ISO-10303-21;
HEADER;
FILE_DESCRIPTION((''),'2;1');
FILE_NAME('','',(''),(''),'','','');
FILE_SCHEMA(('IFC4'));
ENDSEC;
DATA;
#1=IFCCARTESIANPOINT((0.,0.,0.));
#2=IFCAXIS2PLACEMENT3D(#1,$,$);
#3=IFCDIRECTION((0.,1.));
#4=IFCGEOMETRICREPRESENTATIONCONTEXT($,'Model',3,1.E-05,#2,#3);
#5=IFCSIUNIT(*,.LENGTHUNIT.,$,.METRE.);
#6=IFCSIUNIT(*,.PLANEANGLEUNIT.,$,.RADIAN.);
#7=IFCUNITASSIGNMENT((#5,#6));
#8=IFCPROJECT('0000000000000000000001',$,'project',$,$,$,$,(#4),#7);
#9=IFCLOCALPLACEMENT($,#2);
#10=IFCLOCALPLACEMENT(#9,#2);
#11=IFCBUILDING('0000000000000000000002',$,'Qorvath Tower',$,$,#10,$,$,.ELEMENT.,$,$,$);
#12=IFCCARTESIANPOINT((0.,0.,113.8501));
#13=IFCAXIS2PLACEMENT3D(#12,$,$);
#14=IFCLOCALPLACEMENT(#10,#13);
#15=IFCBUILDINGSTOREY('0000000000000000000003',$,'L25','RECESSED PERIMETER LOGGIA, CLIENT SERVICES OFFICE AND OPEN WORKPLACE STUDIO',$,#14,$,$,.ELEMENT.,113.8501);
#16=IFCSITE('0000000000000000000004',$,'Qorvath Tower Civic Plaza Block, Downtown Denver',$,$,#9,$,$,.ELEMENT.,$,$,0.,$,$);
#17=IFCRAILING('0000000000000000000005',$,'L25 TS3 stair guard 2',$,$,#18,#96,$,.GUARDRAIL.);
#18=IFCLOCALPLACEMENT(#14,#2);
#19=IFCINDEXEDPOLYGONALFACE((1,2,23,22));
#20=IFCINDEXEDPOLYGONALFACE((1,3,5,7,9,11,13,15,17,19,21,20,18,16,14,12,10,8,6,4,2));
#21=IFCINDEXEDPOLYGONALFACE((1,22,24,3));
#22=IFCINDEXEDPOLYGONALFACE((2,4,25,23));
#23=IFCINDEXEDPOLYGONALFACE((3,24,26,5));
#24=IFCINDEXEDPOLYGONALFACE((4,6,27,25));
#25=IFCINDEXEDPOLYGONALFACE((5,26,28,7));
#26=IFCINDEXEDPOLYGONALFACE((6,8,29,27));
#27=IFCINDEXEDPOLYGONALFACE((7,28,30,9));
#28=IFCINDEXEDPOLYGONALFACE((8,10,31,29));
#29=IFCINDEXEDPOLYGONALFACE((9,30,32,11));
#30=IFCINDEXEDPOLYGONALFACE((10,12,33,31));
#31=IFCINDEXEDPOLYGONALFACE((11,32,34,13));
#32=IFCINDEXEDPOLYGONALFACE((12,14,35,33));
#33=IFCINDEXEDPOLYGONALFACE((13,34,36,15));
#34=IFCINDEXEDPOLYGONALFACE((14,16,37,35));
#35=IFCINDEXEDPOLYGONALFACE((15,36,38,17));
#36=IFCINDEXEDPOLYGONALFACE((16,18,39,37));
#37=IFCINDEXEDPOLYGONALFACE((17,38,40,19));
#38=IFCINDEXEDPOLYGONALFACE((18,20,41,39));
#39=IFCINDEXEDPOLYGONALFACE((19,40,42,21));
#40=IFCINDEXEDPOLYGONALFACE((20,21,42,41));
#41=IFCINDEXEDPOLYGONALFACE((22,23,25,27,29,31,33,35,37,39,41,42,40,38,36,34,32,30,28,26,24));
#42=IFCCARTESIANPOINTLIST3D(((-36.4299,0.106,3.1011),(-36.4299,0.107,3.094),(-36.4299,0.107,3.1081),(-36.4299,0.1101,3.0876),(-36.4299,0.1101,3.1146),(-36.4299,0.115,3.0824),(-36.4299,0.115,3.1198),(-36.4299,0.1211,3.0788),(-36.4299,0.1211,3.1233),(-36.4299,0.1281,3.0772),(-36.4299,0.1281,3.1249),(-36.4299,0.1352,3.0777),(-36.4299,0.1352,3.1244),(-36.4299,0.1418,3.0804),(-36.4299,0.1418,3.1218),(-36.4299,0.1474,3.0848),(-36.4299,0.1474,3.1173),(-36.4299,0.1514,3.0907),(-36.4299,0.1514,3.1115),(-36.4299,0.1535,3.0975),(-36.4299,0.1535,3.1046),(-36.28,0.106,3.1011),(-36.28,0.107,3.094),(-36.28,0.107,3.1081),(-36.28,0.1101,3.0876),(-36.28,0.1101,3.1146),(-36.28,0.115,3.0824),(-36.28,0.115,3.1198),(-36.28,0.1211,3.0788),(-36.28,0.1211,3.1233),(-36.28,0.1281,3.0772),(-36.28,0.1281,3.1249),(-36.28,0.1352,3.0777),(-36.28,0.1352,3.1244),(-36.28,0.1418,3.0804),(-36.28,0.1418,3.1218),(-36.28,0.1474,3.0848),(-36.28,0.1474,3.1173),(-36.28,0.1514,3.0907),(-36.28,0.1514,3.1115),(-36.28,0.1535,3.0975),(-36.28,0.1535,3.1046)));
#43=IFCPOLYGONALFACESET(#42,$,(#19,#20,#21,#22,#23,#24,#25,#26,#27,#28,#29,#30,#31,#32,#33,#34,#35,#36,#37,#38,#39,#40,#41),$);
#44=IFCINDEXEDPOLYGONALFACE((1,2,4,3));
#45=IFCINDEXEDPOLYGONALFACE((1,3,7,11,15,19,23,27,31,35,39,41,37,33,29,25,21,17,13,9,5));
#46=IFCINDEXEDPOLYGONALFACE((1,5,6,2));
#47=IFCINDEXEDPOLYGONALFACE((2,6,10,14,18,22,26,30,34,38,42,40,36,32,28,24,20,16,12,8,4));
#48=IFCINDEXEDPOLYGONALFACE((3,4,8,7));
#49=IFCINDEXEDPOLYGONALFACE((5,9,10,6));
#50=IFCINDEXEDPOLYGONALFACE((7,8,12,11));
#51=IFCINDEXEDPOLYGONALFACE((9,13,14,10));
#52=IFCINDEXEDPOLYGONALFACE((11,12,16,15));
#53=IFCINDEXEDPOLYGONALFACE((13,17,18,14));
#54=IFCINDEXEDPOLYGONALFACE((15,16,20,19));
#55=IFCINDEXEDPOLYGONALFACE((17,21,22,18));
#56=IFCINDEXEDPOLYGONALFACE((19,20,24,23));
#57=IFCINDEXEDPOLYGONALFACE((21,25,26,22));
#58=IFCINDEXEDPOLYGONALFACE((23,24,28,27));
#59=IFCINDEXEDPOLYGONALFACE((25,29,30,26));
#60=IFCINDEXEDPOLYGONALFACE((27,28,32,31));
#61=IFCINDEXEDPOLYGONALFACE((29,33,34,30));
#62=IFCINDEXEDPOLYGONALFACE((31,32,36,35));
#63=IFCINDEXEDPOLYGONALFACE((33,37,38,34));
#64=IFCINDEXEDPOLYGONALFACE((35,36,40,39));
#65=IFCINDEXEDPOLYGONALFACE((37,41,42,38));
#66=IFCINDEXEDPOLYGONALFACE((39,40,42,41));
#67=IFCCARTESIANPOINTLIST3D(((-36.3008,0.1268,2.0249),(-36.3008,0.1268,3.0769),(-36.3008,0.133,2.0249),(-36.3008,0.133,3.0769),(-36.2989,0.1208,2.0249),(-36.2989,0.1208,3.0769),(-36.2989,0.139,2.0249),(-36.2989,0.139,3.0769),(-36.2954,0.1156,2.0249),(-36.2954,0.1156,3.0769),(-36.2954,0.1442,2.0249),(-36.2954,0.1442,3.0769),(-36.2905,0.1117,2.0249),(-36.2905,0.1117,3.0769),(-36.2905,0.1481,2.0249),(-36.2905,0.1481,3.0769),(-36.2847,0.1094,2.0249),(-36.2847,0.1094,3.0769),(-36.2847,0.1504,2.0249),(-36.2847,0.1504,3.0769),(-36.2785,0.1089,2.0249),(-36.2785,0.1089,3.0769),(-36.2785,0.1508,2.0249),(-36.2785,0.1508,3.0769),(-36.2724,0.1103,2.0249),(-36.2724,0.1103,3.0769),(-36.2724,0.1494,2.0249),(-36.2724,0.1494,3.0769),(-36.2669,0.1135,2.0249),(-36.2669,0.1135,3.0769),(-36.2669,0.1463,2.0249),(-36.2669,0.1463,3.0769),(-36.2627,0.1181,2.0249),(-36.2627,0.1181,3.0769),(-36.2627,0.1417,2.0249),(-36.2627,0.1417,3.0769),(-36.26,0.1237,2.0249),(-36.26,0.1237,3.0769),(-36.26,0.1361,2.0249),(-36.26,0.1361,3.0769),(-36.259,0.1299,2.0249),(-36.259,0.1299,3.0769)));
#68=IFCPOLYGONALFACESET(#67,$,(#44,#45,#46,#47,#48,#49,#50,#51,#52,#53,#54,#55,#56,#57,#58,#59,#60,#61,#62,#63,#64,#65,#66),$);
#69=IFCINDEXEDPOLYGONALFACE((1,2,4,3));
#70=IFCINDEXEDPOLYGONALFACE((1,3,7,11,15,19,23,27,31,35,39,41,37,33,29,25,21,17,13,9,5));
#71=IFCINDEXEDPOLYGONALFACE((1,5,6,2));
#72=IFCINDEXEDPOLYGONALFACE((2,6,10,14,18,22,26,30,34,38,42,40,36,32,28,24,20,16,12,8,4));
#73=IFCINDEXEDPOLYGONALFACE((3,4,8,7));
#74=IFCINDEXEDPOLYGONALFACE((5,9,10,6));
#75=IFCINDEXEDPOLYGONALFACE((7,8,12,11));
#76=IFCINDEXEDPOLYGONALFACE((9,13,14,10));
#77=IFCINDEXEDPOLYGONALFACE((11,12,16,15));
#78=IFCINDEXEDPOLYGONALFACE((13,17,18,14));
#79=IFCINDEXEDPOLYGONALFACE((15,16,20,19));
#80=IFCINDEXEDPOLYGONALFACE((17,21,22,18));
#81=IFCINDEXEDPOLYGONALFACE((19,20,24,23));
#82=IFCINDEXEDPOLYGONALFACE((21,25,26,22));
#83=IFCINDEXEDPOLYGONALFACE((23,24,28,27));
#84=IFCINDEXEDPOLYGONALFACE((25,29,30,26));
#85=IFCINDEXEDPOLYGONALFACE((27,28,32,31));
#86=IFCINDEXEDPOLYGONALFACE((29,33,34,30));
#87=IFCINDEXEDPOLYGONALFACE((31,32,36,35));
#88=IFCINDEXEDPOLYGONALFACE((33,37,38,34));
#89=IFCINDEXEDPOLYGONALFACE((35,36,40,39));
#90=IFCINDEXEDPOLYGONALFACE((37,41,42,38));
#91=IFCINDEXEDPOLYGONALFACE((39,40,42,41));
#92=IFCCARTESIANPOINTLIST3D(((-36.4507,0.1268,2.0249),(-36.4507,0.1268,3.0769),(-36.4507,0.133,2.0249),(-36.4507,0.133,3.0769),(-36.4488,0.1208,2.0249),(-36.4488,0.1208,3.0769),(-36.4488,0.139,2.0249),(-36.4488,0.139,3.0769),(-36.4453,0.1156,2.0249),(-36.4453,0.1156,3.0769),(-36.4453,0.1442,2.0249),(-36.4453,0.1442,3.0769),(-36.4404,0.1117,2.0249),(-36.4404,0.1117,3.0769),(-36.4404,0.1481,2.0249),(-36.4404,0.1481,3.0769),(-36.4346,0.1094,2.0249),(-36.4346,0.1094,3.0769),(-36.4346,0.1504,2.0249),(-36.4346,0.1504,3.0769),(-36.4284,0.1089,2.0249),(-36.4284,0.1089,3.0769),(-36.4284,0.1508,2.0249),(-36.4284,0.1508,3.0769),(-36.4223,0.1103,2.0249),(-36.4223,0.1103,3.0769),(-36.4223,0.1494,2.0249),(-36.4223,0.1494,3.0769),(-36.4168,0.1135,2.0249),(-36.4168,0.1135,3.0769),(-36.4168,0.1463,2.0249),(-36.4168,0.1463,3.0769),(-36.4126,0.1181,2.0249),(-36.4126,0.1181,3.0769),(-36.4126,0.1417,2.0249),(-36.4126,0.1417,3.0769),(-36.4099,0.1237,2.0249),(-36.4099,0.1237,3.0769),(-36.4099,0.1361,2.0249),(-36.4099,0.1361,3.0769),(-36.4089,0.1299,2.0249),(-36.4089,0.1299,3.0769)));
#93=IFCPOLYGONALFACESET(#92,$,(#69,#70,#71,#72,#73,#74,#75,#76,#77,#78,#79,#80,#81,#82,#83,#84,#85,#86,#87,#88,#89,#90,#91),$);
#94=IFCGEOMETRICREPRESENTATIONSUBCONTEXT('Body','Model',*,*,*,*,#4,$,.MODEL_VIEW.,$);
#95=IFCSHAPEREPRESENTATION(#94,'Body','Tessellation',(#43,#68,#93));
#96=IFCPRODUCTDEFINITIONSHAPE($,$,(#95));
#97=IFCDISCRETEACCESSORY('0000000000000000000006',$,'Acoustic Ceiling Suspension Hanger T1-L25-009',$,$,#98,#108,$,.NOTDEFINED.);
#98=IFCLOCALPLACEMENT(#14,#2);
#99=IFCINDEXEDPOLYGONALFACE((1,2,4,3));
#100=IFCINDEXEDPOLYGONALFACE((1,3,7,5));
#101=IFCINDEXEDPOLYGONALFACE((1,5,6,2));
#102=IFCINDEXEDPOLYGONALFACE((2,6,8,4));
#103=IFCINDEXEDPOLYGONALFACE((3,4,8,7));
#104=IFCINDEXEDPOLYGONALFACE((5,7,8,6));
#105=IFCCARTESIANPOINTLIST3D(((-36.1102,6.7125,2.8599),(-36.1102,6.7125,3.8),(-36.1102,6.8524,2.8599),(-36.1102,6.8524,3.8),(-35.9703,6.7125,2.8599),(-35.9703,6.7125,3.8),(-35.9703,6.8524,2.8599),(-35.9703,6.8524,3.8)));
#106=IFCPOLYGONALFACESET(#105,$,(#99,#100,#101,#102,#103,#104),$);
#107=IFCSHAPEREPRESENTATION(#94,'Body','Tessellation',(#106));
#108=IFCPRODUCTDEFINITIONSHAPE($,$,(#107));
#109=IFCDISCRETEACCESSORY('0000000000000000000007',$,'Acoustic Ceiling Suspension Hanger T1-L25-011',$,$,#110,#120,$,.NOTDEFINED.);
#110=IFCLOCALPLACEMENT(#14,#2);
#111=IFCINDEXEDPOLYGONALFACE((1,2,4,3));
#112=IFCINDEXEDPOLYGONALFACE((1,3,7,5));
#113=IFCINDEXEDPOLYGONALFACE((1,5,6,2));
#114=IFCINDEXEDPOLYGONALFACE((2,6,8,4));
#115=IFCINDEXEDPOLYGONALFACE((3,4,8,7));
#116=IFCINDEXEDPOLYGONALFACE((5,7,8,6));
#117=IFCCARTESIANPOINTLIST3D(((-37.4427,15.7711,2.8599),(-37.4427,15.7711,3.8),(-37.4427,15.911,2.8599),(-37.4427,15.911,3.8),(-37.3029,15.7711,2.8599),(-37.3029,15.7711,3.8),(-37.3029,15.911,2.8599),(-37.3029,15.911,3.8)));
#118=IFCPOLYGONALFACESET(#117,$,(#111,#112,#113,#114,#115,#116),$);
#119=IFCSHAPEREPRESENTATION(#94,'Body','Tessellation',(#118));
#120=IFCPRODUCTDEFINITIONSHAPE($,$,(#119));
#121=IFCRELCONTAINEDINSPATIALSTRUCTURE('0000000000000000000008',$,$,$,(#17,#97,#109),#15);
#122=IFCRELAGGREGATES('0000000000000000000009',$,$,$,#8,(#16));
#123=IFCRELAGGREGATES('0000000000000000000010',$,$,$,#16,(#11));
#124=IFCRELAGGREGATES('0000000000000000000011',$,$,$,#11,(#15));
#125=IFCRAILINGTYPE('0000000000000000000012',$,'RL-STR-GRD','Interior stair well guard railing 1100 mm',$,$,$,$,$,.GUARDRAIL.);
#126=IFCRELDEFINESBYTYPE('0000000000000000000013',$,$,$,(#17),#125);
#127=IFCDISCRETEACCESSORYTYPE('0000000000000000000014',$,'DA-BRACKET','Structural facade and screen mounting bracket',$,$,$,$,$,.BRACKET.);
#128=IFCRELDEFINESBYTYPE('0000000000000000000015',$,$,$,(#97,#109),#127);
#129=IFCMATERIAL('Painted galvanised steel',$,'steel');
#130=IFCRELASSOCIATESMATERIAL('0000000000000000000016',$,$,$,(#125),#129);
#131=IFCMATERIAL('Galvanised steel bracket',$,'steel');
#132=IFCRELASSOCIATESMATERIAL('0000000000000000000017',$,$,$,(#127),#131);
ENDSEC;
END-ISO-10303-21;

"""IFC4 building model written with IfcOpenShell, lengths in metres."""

from ifc_helpers import new_model, si_unit, direction, frame, origin, origin_2d, place, context, subcontext, project, spatial, rectangle, circle, extrude, material, type_object, element, save


model = new_model("IFC4")

# Units and contexts
model_context = context("Model", 3, precision=1e-05, world=origin(), true_north=direction((0.0, 1.0)))
body_context = subcontext(model_context, "Body", "Model", "MODEL_VIEW")
ifc_project = project(units=[si_unit("LENGTHUNIT", "METRE"), si_unit("PLANEANGLEUNIT", "RADIAN")], contexts=[model_context])

# Site, building, storey
site_placement = place(None, origin())
site = spatial("IfcSite", under=ifc_project, at=site_placement, Name="Qorvath Tower Civic Plaza Block, Downtown Denver", CompositionType="ELEMENT", RefElevation=0.0)
building_placement = place(site_placement, origin())
building = spatial("IfcBuilding", under=site, at=building_placement, Name="Qorvath Tower", CompositionType="ELEMENT")
storey_placement = place(building_placement, frame((0.0, 0.0, 113.8501)))
storey = spatial("IfcBuildingStorey", under=building, at=storey_placement, Name="L25", Description="RECESSED PERIMETER LOGGIA, CLIENT SERVICES OFFICE AND OPEN WORKPLACE STUDIO", CompositionType="ELEMENT", Elevation=113.8501)

# Railing
ifc_material_1 = material(Name="Painted galvanised steel", Category="steel")
railing_type = type_object("IfcRailingType", Name="RL-STR-GRD", Description="Interior stair well guard railing 1100 mm", PredefinedType="GUARDRAIL", material=ifc_material_1)
railing_placement = place(storey_placement, frame((-36.28, 0.1299, 2.0249)))
element("IfcRailing", 1, at=railing_placement, inside=storey, type_object=railing_type, Name="L25 TS3 stair guard 2", PredefinedType="GUARDRAIL", context=body_context, shape_type="SweptSolid", body=[
    extrude(circle(Radius=0.0239, at=origin_2d()), frame((0.0, 0.0, 1.0762), z_axis=(-1.0, 0.0, 0.0), x_axis=(0.0, -1.0, 0.0)), (0.0, 0.0, 1.0), 0.1499),
    extrude(circle(Radius=0.021, at=origin_2d()), origin(), (0.0, 0.0, 1.0), 1.052),
    extrude(circle(Radius=0.021, at=origin_2d()), frame((-0.1499, 0.0, 0.0)), (0.0, 0.0, 1.0), 1.052),
])

# Discrete accessories
ifc_material_2 = material(Name="Galvanised steel bracket", Category="steel")
discrete_accessory_type = type_object("IfcDiscreteAccessoryType", Name="DA-BRACKET", Description="Structural facade and screen mounting bracket", PredefinedType="BRACKET", material=ifc_material_2)
for number, where, z_axis, x_axis, name in (
    (2, (-36.0403, 6.7825, 2.8599), (0.0, 0.0, 1.0), (1.0, 0.0, 0.0), "Acoustic Ceiling Suspension Hanger T1-L25-009"),
    (3, (-37.3728, 15.8411, 2.8599), (0.0, 0.0, 1.0), (1.0, 0.0, 0.0), "Acoustic Ceiling Suspension Hanger T1-L25-011"),
):
    element("IfcDiscreteAccessory", number, at=place(storey_placement, frame(where, z_axis=z_axis, x_axis=x_axis)), inside=storey, type_object=discrete_accessory_type, Name=name, PredefinedType="NOTDEFINED", context=body_context, shape_type="SweptSolid", body=[
        extrude(rectangle(XDim=0.1399, YDim=0.1399, at=origin_2d()), origin(), (0.0, 0.0, 1.0), 0.9402),
    ])

save(model, "model.ifc")
